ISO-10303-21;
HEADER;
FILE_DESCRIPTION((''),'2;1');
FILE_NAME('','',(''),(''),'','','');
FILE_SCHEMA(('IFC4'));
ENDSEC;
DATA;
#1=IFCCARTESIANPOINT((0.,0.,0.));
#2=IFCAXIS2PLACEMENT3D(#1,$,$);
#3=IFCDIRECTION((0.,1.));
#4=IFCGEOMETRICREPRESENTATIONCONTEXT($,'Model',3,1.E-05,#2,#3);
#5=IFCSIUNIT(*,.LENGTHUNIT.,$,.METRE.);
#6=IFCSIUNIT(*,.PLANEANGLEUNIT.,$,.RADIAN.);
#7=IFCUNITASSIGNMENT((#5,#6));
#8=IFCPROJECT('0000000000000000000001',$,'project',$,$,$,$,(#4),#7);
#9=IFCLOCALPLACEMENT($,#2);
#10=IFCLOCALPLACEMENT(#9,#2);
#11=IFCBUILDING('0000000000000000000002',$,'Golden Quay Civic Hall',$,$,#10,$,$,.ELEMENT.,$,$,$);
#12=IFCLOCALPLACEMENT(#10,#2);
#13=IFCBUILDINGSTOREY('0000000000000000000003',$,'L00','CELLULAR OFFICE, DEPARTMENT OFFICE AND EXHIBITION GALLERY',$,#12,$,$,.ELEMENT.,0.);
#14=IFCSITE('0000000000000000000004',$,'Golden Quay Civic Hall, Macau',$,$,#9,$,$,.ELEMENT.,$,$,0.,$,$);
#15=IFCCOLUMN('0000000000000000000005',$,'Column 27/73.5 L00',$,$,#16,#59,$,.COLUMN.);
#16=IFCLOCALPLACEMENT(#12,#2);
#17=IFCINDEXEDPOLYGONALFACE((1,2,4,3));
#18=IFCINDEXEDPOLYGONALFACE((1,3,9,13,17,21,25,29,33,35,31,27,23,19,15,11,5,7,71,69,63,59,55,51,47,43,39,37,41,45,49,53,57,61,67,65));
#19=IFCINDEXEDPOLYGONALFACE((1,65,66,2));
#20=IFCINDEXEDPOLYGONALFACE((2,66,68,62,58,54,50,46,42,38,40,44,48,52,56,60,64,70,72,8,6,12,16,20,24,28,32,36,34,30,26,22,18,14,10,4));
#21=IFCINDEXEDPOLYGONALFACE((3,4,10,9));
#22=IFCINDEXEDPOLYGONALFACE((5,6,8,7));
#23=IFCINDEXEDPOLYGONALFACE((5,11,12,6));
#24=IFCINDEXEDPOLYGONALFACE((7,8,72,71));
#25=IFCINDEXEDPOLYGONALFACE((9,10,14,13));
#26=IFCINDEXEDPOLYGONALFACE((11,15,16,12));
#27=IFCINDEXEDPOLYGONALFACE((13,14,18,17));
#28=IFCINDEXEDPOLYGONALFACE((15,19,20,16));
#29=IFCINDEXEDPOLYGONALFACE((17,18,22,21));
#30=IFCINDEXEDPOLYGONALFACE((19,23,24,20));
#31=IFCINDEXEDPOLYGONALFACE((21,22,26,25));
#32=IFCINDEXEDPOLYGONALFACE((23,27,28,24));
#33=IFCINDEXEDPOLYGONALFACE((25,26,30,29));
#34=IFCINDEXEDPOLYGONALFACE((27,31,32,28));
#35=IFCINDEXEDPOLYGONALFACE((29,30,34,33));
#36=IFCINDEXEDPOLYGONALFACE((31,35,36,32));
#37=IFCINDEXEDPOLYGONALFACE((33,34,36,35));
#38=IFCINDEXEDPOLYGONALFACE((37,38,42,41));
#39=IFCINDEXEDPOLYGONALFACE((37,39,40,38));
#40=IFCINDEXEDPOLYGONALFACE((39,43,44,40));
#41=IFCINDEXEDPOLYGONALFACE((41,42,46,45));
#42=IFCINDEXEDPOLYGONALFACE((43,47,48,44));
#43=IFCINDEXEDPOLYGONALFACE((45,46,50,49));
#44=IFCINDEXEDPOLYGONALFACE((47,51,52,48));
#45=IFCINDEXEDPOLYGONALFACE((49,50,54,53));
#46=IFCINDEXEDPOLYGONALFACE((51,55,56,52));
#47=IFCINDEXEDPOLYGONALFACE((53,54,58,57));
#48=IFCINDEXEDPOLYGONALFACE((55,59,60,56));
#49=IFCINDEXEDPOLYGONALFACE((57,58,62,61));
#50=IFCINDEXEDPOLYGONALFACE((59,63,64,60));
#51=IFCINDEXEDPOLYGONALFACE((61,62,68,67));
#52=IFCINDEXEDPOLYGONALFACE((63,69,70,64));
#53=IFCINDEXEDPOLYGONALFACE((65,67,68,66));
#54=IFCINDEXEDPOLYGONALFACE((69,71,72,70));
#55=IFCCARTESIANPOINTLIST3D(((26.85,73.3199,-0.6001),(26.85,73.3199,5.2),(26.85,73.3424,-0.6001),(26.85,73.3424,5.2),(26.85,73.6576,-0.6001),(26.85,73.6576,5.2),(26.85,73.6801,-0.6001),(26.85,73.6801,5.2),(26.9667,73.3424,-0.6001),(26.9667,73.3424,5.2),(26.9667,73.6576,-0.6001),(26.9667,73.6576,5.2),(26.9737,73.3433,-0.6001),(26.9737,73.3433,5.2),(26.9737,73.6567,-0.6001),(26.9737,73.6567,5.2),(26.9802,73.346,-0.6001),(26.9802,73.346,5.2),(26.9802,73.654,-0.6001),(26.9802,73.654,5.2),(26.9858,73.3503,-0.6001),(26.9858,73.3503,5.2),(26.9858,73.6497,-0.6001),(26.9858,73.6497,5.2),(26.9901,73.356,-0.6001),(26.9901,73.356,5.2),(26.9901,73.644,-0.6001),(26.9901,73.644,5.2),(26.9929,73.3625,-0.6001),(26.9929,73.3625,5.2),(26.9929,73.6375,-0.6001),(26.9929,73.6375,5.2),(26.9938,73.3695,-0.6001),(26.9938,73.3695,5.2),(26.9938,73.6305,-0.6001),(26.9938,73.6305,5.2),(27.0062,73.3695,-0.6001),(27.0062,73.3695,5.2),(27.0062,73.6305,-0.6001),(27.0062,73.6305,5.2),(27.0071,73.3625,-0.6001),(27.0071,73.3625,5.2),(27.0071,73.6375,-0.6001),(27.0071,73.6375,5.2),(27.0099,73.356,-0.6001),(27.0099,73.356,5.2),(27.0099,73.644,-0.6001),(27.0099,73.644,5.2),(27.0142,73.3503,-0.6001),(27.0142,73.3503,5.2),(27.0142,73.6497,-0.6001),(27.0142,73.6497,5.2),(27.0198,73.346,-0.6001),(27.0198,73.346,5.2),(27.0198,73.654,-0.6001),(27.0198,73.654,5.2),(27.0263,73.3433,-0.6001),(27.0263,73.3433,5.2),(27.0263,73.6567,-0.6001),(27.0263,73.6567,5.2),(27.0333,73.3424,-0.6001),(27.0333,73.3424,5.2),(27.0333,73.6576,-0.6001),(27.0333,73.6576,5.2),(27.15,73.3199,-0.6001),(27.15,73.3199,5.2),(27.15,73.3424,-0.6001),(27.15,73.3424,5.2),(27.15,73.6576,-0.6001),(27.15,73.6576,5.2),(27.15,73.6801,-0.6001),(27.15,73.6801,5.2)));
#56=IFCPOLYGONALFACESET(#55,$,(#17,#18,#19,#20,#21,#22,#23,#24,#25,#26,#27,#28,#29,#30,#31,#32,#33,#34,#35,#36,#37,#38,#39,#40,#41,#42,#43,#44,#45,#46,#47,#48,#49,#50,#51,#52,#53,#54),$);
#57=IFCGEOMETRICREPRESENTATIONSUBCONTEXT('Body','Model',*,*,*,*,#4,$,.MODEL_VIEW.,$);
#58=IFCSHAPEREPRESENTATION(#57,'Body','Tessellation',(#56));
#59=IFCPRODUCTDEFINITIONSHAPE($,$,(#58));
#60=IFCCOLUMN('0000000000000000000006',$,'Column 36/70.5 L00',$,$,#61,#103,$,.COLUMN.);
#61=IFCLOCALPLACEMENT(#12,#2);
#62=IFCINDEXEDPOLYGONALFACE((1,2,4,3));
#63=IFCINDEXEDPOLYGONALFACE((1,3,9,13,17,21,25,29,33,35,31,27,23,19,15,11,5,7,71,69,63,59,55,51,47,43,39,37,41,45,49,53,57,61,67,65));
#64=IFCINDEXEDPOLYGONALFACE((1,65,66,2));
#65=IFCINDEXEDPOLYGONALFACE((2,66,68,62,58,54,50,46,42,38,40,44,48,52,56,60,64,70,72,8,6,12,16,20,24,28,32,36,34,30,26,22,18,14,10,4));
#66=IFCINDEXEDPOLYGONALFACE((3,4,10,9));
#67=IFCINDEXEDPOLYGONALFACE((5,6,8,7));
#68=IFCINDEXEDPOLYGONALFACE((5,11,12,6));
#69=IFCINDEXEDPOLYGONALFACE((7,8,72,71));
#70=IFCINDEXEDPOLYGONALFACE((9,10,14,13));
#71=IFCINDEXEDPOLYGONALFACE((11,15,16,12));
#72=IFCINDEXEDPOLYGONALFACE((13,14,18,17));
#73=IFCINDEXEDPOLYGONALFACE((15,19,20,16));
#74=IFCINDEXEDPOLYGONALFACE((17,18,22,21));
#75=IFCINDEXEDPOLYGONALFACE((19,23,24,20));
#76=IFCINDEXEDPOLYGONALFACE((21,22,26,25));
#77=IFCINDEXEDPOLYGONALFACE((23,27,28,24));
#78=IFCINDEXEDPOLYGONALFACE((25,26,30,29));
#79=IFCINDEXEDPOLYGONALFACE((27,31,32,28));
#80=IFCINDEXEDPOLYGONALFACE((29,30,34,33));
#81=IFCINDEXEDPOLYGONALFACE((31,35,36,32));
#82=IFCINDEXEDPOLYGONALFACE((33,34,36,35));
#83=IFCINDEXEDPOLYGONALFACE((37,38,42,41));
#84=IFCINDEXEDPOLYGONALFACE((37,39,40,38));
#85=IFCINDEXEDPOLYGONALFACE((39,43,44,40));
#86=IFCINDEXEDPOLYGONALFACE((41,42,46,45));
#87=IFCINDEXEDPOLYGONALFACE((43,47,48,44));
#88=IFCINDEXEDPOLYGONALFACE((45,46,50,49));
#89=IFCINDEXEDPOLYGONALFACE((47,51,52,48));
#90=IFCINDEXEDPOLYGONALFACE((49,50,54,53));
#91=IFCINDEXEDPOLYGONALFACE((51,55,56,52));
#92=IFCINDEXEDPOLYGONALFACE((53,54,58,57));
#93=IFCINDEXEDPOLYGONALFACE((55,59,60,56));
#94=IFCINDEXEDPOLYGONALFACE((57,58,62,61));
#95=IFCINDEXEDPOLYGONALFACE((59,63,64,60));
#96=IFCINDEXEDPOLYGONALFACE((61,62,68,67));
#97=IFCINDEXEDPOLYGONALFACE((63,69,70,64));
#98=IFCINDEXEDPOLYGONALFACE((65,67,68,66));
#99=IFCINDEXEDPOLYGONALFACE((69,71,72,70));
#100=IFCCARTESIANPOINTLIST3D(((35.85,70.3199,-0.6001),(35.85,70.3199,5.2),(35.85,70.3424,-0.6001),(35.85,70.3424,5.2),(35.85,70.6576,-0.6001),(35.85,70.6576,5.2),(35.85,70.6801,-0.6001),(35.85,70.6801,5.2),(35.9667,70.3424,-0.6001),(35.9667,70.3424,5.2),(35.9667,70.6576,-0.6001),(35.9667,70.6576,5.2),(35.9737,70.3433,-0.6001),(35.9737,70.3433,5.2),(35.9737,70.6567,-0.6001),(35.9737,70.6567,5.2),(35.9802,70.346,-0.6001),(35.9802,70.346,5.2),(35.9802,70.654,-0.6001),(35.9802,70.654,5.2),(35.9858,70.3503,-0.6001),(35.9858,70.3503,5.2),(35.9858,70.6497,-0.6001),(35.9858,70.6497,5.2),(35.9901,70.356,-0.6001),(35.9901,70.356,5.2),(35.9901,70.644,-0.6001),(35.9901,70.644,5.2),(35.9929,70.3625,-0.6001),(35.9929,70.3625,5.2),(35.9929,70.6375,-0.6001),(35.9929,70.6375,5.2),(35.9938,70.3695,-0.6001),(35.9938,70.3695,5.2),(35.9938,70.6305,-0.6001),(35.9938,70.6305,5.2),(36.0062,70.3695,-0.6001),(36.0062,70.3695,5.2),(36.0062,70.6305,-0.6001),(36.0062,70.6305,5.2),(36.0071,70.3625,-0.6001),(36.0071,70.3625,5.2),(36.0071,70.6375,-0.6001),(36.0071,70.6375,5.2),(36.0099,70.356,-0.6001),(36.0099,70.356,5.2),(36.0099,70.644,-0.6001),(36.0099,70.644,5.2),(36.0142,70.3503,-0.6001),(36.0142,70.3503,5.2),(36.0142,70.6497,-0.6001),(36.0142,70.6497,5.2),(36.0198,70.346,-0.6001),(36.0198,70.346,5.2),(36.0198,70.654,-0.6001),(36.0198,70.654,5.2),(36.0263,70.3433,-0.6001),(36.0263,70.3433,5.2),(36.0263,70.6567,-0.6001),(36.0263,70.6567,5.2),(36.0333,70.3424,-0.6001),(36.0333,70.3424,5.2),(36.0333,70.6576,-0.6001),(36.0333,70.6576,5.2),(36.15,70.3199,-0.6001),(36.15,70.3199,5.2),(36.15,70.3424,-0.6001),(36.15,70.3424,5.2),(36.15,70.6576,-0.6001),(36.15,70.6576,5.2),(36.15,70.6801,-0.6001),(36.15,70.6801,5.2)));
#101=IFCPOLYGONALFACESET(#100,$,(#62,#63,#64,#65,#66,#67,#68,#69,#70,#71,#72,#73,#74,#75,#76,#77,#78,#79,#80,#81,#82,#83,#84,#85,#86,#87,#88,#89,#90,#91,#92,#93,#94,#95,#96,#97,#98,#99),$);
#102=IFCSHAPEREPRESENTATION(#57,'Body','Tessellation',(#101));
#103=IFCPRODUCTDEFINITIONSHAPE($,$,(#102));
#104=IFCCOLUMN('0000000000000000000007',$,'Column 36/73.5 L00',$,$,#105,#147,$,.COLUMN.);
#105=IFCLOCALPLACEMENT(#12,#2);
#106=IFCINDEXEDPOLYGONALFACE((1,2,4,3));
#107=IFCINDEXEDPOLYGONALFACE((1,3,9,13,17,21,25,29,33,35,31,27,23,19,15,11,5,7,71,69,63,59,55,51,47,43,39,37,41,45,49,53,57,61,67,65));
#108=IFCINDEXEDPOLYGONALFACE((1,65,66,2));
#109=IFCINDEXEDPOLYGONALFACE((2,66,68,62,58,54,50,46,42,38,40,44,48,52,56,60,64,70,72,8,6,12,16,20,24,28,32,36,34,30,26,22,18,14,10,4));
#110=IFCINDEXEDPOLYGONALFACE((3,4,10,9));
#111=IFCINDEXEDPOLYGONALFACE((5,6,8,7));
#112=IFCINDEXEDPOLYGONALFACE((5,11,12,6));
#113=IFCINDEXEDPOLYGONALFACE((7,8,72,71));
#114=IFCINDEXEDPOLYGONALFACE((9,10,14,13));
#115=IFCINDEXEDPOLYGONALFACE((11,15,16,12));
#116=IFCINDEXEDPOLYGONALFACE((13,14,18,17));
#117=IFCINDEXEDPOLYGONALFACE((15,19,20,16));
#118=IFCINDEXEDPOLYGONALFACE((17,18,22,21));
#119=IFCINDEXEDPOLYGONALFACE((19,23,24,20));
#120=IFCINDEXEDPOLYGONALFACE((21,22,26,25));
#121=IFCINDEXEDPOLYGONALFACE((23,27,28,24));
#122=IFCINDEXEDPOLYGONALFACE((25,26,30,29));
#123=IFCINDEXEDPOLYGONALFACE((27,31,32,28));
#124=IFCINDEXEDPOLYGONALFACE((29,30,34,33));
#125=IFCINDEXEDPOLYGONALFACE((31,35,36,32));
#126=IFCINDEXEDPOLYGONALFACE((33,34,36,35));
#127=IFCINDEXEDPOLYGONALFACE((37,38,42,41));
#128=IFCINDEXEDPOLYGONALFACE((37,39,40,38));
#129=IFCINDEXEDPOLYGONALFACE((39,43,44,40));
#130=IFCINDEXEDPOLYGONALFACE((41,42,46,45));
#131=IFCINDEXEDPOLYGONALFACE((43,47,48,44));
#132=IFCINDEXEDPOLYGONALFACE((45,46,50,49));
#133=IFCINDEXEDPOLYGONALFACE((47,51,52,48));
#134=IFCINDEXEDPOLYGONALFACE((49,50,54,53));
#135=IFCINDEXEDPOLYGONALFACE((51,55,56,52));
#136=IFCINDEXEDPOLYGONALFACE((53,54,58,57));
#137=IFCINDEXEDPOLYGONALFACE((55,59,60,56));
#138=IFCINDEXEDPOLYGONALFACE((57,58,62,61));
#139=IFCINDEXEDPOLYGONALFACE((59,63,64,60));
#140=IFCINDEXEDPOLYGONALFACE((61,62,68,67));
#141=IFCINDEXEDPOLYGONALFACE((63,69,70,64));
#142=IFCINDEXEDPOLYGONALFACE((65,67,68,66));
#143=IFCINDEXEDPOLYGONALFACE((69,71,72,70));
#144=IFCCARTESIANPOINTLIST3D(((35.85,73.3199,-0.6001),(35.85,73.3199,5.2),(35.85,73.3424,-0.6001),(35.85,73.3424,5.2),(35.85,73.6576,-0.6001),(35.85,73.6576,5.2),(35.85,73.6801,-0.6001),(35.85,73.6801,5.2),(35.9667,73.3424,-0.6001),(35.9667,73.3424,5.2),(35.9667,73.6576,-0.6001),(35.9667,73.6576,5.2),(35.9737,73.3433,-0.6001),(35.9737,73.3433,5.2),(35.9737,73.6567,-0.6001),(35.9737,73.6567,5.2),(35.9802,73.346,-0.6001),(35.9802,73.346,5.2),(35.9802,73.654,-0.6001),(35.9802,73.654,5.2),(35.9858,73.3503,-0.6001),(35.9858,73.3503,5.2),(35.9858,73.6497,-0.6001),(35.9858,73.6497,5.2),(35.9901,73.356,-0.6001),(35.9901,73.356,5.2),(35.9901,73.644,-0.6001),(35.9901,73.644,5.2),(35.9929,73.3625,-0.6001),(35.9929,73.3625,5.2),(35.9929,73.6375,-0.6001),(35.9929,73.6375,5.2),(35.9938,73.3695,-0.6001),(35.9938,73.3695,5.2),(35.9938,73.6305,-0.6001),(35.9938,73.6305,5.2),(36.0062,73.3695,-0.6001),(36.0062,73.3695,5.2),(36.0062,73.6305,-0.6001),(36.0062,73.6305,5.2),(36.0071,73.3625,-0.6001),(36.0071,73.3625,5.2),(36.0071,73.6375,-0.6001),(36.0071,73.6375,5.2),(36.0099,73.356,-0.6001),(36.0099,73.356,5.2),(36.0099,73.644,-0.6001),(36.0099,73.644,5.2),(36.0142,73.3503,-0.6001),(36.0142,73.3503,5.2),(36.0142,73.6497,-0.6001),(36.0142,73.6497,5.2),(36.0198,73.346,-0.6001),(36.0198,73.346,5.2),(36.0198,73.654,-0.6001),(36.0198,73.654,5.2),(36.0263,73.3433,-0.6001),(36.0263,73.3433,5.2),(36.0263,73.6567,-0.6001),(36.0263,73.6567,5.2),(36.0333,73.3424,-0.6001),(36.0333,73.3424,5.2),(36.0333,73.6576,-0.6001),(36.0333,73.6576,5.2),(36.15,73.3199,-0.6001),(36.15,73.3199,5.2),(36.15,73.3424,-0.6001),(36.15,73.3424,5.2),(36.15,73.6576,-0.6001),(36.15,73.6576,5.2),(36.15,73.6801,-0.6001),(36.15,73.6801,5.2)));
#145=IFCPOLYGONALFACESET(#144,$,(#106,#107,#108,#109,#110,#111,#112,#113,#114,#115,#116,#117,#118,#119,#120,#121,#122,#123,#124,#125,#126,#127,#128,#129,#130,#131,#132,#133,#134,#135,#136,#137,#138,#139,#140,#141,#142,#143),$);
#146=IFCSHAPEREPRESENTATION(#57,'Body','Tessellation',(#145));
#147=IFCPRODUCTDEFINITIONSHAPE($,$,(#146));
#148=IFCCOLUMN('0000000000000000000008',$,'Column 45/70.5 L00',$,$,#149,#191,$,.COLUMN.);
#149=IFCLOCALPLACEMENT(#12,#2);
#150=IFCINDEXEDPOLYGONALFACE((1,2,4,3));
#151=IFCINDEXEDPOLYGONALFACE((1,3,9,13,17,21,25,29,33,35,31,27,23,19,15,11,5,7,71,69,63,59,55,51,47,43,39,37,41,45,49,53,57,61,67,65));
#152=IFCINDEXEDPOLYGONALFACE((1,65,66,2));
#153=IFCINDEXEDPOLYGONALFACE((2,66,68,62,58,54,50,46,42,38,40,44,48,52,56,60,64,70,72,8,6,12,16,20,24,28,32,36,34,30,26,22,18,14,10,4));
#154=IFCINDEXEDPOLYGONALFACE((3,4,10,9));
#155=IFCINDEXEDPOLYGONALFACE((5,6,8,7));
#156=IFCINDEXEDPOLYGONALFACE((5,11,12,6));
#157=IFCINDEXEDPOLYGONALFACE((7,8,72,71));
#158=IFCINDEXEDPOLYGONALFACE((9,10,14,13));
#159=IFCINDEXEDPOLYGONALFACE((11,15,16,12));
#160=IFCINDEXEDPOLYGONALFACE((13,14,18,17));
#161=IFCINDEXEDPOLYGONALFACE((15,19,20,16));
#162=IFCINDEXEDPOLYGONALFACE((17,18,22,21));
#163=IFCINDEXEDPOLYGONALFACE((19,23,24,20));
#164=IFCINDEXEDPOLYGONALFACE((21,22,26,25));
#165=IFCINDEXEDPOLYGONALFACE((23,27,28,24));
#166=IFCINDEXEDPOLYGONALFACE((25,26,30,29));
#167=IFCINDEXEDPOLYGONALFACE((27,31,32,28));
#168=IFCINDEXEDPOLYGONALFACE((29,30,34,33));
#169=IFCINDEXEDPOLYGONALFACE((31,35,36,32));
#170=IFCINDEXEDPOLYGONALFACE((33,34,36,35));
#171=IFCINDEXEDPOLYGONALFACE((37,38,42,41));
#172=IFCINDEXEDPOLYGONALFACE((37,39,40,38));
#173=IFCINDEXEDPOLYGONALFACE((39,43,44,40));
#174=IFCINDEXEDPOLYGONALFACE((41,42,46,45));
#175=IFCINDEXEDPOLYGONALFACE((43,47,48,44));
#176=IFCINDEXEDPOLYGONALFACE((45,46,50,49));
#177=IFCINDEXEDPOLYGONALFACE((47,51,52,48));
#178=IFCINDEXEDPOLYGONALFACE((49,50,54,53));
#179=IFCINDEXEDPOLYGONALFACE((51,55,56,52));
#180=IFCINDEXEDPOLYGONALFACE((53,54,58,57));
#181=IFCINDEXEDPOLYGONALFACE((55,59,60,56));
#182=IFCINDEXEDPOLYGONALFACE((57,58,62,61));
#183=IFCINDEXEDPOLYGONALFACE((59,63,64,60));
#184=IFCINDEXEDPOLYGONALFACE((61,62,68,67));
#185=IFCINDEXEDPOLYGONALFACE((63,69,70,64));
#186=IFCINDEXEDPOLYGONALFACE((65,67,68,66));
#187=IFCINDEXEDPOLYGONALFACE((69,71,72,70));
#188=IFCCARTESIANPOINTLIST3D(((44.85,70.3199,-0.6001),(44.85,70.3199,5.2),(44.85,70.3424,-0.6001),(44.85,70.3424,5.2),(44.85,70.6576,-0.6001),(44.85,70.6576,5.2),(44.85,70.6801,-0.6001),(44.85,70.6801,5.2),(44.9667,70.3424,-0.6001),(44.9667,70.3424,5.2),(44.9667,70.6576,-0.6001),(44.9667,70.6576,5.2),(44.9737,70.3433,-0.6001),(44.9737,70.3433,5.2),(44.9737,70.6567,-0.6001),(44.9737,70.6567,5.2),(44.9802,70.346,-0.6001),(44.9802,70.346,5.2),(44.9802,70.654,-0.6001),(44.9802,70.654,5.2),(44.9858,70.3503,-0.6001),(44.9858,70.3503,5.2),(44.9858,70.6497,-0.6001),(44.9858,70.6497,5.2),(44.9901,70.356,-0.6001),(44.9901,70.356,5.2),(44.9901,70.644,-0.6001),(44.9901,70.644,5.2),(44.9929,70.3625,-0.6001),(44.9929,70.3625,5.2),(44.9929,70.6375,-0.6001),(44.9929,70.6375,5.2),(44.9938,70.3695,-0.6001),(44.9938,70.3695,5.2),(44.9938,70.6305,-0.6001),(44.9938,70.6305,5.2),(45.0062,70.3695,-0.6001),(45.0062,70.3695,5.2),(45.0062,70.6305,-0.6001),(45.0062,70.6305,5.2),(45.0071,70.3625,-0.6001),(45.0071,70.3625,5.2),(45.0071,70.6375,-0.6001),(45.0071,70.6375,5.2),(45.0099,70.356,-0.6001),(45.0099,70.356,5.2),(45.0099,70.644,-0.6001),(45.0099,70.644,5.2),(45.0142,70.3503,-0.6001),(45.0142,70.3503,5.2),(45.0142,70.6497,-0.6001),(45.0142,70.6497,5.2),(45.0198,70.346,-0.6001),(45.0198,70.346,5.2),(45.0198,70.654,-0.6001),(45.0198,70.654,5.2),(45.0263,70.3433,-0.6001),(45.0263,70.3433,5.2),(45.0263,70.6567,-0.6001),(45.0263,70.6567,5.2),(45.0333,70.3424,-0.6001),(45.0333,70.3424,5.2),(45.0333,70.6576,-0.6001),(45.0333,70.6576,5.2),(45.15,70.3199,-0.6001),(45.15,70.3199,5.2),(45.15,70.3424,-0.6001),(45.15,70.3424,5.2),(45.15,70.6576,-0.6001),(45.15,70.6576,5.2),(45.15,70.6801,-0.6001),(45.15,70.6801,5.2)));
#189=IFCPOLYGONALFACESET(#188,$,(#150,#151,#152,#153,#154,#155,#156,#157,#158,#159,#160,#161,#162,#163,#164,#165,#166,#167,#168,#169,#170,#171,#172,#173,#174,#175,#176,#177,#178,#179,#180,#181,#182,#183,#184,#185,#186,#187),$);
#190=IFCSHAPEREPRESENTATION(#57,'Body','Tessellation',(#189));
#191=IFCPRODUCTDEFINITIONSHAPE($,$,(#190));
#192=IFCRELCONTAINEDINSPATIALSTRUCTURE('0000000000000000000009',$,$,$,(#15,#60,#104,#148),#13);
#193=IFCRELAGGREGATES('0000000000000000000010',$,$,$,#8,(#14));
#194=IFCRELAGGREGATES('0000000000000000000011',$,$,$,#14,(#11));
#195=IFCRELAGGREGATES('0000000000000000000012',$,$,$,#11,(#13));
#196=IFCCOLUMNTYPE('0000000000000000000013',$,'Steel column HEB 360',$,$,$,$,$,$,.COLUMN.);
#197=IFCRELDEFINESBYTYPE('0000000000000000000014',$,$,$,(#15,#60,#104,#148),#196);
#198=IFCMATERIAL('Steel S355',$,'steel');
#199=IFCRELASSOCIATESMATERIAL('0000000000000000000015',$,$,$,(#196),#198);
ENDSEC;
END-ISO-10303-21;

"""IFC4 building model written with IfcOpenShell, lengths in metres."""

from ifc_helpers import new_model, si_unit, direction, frame, origin, origin_2d, place, context, subcontext, project, spatial, i_section, extrude, material, material_profile, profile_set, type_object, element, save


model = new_model("IFC4")

# Units and contexts
model_context = context("Model", 3, precision=1e-05, world=origin(), true_north=direction((0.0, 1.0)))
body_context = subcontext(model_context, "Body", "Model", "MODEL_VIEW")
ifc_project = project(units=[si_unit("LENGTHUNIT", "METRE"), si_unit("PLANEANGLEUNIT", "RADIAN")], contexts=[model_context])

# Site, building, storey
site_placement = place(None, origin())
site = spatial("IfcSite", under=ifc_project, at=site_placement, Name="Golden Quay Civic Hall, Macau", CompositionType="ELEMENT", RefElevation=0.0)
building_placement = place(site_placement, origin())
building = spatial("IfcBuilding", under=site, at=building_placement, Name="Golden Quay Civic Hall", CompositionType="ELEMENT")
storey_placement = place(building_placement, origin())
storey = spatial("IfcBuildingStorey", under=building, at=storey_placement, Name="L00", Description="CELLULAR OFFICE, DEPARTMENT OFFICE AND EXHIBITION GALLERY", CompositionType="ELEMENT", Elevation=0.0)

# Columns
ifc_material_1 = material(Name="Steel S355", Category="steel")
ifc_material_profile_1 = material_profile(ifc_material_1, i_section(OverallWidth=0.3, OverallDepth=0.3601, WebThickness=0.0125, FlangeThickness=0.0225, FilletRadius=0.0271, at=origin_2d()), Name="HEB 360")
ifc_profile_set_1 = profile_set([ifc_material_profile_1], Name="Steel S355")
column_type = type_object("IfcColumnType", Name="Steel column HEB 360", PredefinedType="COLUMN", material=ifc_profile_set_1)
for number, where, z_axis, x_axis, name in (
    (1, (27.0, 73.5, -0.6001), (0.0, 0.0, 1.0), (1.0, 0.0, 0.0), "Column 27/73.5 L00"),
    (2, (36.0, 70.5, -0.6001), (0.0, 0.0, 1.0), (1.0, 0.0, 0.0), "Column 36/70.5 L00"),
    (3, (36.0, 73.5, -0.6001), (0.0, 0.0, 1.0), (1.0, 0.0, 0.0), "Column 36/73.5 L00"),
    (4, (45.0, 70.5, -0.6001), (0.0, 0.0, 1.0), (1.0, 0.0, 0.0), "Column 45/70.5 L00"),
):
    element("IfcColumn", number, at=place(storey_placement, frame(where, z_axis=z_axis, x_axis=x_axis)), inside=storey, type_object=column_type, Name=name, PredefinedType="COLUMN", context=body_context, shape_type="SweptSolid", body=[
        extrude(i_section(OverallWidth=0.3, OverallDepth=0.3601, WebThickness=0.0125, FlangeThickness=0.0225, FilletRadius=0.0271, at=origin_2d()), origin(), (0.0, 0.0, 1.0), 5.8),
    ])

save(model, "model.ifc")
